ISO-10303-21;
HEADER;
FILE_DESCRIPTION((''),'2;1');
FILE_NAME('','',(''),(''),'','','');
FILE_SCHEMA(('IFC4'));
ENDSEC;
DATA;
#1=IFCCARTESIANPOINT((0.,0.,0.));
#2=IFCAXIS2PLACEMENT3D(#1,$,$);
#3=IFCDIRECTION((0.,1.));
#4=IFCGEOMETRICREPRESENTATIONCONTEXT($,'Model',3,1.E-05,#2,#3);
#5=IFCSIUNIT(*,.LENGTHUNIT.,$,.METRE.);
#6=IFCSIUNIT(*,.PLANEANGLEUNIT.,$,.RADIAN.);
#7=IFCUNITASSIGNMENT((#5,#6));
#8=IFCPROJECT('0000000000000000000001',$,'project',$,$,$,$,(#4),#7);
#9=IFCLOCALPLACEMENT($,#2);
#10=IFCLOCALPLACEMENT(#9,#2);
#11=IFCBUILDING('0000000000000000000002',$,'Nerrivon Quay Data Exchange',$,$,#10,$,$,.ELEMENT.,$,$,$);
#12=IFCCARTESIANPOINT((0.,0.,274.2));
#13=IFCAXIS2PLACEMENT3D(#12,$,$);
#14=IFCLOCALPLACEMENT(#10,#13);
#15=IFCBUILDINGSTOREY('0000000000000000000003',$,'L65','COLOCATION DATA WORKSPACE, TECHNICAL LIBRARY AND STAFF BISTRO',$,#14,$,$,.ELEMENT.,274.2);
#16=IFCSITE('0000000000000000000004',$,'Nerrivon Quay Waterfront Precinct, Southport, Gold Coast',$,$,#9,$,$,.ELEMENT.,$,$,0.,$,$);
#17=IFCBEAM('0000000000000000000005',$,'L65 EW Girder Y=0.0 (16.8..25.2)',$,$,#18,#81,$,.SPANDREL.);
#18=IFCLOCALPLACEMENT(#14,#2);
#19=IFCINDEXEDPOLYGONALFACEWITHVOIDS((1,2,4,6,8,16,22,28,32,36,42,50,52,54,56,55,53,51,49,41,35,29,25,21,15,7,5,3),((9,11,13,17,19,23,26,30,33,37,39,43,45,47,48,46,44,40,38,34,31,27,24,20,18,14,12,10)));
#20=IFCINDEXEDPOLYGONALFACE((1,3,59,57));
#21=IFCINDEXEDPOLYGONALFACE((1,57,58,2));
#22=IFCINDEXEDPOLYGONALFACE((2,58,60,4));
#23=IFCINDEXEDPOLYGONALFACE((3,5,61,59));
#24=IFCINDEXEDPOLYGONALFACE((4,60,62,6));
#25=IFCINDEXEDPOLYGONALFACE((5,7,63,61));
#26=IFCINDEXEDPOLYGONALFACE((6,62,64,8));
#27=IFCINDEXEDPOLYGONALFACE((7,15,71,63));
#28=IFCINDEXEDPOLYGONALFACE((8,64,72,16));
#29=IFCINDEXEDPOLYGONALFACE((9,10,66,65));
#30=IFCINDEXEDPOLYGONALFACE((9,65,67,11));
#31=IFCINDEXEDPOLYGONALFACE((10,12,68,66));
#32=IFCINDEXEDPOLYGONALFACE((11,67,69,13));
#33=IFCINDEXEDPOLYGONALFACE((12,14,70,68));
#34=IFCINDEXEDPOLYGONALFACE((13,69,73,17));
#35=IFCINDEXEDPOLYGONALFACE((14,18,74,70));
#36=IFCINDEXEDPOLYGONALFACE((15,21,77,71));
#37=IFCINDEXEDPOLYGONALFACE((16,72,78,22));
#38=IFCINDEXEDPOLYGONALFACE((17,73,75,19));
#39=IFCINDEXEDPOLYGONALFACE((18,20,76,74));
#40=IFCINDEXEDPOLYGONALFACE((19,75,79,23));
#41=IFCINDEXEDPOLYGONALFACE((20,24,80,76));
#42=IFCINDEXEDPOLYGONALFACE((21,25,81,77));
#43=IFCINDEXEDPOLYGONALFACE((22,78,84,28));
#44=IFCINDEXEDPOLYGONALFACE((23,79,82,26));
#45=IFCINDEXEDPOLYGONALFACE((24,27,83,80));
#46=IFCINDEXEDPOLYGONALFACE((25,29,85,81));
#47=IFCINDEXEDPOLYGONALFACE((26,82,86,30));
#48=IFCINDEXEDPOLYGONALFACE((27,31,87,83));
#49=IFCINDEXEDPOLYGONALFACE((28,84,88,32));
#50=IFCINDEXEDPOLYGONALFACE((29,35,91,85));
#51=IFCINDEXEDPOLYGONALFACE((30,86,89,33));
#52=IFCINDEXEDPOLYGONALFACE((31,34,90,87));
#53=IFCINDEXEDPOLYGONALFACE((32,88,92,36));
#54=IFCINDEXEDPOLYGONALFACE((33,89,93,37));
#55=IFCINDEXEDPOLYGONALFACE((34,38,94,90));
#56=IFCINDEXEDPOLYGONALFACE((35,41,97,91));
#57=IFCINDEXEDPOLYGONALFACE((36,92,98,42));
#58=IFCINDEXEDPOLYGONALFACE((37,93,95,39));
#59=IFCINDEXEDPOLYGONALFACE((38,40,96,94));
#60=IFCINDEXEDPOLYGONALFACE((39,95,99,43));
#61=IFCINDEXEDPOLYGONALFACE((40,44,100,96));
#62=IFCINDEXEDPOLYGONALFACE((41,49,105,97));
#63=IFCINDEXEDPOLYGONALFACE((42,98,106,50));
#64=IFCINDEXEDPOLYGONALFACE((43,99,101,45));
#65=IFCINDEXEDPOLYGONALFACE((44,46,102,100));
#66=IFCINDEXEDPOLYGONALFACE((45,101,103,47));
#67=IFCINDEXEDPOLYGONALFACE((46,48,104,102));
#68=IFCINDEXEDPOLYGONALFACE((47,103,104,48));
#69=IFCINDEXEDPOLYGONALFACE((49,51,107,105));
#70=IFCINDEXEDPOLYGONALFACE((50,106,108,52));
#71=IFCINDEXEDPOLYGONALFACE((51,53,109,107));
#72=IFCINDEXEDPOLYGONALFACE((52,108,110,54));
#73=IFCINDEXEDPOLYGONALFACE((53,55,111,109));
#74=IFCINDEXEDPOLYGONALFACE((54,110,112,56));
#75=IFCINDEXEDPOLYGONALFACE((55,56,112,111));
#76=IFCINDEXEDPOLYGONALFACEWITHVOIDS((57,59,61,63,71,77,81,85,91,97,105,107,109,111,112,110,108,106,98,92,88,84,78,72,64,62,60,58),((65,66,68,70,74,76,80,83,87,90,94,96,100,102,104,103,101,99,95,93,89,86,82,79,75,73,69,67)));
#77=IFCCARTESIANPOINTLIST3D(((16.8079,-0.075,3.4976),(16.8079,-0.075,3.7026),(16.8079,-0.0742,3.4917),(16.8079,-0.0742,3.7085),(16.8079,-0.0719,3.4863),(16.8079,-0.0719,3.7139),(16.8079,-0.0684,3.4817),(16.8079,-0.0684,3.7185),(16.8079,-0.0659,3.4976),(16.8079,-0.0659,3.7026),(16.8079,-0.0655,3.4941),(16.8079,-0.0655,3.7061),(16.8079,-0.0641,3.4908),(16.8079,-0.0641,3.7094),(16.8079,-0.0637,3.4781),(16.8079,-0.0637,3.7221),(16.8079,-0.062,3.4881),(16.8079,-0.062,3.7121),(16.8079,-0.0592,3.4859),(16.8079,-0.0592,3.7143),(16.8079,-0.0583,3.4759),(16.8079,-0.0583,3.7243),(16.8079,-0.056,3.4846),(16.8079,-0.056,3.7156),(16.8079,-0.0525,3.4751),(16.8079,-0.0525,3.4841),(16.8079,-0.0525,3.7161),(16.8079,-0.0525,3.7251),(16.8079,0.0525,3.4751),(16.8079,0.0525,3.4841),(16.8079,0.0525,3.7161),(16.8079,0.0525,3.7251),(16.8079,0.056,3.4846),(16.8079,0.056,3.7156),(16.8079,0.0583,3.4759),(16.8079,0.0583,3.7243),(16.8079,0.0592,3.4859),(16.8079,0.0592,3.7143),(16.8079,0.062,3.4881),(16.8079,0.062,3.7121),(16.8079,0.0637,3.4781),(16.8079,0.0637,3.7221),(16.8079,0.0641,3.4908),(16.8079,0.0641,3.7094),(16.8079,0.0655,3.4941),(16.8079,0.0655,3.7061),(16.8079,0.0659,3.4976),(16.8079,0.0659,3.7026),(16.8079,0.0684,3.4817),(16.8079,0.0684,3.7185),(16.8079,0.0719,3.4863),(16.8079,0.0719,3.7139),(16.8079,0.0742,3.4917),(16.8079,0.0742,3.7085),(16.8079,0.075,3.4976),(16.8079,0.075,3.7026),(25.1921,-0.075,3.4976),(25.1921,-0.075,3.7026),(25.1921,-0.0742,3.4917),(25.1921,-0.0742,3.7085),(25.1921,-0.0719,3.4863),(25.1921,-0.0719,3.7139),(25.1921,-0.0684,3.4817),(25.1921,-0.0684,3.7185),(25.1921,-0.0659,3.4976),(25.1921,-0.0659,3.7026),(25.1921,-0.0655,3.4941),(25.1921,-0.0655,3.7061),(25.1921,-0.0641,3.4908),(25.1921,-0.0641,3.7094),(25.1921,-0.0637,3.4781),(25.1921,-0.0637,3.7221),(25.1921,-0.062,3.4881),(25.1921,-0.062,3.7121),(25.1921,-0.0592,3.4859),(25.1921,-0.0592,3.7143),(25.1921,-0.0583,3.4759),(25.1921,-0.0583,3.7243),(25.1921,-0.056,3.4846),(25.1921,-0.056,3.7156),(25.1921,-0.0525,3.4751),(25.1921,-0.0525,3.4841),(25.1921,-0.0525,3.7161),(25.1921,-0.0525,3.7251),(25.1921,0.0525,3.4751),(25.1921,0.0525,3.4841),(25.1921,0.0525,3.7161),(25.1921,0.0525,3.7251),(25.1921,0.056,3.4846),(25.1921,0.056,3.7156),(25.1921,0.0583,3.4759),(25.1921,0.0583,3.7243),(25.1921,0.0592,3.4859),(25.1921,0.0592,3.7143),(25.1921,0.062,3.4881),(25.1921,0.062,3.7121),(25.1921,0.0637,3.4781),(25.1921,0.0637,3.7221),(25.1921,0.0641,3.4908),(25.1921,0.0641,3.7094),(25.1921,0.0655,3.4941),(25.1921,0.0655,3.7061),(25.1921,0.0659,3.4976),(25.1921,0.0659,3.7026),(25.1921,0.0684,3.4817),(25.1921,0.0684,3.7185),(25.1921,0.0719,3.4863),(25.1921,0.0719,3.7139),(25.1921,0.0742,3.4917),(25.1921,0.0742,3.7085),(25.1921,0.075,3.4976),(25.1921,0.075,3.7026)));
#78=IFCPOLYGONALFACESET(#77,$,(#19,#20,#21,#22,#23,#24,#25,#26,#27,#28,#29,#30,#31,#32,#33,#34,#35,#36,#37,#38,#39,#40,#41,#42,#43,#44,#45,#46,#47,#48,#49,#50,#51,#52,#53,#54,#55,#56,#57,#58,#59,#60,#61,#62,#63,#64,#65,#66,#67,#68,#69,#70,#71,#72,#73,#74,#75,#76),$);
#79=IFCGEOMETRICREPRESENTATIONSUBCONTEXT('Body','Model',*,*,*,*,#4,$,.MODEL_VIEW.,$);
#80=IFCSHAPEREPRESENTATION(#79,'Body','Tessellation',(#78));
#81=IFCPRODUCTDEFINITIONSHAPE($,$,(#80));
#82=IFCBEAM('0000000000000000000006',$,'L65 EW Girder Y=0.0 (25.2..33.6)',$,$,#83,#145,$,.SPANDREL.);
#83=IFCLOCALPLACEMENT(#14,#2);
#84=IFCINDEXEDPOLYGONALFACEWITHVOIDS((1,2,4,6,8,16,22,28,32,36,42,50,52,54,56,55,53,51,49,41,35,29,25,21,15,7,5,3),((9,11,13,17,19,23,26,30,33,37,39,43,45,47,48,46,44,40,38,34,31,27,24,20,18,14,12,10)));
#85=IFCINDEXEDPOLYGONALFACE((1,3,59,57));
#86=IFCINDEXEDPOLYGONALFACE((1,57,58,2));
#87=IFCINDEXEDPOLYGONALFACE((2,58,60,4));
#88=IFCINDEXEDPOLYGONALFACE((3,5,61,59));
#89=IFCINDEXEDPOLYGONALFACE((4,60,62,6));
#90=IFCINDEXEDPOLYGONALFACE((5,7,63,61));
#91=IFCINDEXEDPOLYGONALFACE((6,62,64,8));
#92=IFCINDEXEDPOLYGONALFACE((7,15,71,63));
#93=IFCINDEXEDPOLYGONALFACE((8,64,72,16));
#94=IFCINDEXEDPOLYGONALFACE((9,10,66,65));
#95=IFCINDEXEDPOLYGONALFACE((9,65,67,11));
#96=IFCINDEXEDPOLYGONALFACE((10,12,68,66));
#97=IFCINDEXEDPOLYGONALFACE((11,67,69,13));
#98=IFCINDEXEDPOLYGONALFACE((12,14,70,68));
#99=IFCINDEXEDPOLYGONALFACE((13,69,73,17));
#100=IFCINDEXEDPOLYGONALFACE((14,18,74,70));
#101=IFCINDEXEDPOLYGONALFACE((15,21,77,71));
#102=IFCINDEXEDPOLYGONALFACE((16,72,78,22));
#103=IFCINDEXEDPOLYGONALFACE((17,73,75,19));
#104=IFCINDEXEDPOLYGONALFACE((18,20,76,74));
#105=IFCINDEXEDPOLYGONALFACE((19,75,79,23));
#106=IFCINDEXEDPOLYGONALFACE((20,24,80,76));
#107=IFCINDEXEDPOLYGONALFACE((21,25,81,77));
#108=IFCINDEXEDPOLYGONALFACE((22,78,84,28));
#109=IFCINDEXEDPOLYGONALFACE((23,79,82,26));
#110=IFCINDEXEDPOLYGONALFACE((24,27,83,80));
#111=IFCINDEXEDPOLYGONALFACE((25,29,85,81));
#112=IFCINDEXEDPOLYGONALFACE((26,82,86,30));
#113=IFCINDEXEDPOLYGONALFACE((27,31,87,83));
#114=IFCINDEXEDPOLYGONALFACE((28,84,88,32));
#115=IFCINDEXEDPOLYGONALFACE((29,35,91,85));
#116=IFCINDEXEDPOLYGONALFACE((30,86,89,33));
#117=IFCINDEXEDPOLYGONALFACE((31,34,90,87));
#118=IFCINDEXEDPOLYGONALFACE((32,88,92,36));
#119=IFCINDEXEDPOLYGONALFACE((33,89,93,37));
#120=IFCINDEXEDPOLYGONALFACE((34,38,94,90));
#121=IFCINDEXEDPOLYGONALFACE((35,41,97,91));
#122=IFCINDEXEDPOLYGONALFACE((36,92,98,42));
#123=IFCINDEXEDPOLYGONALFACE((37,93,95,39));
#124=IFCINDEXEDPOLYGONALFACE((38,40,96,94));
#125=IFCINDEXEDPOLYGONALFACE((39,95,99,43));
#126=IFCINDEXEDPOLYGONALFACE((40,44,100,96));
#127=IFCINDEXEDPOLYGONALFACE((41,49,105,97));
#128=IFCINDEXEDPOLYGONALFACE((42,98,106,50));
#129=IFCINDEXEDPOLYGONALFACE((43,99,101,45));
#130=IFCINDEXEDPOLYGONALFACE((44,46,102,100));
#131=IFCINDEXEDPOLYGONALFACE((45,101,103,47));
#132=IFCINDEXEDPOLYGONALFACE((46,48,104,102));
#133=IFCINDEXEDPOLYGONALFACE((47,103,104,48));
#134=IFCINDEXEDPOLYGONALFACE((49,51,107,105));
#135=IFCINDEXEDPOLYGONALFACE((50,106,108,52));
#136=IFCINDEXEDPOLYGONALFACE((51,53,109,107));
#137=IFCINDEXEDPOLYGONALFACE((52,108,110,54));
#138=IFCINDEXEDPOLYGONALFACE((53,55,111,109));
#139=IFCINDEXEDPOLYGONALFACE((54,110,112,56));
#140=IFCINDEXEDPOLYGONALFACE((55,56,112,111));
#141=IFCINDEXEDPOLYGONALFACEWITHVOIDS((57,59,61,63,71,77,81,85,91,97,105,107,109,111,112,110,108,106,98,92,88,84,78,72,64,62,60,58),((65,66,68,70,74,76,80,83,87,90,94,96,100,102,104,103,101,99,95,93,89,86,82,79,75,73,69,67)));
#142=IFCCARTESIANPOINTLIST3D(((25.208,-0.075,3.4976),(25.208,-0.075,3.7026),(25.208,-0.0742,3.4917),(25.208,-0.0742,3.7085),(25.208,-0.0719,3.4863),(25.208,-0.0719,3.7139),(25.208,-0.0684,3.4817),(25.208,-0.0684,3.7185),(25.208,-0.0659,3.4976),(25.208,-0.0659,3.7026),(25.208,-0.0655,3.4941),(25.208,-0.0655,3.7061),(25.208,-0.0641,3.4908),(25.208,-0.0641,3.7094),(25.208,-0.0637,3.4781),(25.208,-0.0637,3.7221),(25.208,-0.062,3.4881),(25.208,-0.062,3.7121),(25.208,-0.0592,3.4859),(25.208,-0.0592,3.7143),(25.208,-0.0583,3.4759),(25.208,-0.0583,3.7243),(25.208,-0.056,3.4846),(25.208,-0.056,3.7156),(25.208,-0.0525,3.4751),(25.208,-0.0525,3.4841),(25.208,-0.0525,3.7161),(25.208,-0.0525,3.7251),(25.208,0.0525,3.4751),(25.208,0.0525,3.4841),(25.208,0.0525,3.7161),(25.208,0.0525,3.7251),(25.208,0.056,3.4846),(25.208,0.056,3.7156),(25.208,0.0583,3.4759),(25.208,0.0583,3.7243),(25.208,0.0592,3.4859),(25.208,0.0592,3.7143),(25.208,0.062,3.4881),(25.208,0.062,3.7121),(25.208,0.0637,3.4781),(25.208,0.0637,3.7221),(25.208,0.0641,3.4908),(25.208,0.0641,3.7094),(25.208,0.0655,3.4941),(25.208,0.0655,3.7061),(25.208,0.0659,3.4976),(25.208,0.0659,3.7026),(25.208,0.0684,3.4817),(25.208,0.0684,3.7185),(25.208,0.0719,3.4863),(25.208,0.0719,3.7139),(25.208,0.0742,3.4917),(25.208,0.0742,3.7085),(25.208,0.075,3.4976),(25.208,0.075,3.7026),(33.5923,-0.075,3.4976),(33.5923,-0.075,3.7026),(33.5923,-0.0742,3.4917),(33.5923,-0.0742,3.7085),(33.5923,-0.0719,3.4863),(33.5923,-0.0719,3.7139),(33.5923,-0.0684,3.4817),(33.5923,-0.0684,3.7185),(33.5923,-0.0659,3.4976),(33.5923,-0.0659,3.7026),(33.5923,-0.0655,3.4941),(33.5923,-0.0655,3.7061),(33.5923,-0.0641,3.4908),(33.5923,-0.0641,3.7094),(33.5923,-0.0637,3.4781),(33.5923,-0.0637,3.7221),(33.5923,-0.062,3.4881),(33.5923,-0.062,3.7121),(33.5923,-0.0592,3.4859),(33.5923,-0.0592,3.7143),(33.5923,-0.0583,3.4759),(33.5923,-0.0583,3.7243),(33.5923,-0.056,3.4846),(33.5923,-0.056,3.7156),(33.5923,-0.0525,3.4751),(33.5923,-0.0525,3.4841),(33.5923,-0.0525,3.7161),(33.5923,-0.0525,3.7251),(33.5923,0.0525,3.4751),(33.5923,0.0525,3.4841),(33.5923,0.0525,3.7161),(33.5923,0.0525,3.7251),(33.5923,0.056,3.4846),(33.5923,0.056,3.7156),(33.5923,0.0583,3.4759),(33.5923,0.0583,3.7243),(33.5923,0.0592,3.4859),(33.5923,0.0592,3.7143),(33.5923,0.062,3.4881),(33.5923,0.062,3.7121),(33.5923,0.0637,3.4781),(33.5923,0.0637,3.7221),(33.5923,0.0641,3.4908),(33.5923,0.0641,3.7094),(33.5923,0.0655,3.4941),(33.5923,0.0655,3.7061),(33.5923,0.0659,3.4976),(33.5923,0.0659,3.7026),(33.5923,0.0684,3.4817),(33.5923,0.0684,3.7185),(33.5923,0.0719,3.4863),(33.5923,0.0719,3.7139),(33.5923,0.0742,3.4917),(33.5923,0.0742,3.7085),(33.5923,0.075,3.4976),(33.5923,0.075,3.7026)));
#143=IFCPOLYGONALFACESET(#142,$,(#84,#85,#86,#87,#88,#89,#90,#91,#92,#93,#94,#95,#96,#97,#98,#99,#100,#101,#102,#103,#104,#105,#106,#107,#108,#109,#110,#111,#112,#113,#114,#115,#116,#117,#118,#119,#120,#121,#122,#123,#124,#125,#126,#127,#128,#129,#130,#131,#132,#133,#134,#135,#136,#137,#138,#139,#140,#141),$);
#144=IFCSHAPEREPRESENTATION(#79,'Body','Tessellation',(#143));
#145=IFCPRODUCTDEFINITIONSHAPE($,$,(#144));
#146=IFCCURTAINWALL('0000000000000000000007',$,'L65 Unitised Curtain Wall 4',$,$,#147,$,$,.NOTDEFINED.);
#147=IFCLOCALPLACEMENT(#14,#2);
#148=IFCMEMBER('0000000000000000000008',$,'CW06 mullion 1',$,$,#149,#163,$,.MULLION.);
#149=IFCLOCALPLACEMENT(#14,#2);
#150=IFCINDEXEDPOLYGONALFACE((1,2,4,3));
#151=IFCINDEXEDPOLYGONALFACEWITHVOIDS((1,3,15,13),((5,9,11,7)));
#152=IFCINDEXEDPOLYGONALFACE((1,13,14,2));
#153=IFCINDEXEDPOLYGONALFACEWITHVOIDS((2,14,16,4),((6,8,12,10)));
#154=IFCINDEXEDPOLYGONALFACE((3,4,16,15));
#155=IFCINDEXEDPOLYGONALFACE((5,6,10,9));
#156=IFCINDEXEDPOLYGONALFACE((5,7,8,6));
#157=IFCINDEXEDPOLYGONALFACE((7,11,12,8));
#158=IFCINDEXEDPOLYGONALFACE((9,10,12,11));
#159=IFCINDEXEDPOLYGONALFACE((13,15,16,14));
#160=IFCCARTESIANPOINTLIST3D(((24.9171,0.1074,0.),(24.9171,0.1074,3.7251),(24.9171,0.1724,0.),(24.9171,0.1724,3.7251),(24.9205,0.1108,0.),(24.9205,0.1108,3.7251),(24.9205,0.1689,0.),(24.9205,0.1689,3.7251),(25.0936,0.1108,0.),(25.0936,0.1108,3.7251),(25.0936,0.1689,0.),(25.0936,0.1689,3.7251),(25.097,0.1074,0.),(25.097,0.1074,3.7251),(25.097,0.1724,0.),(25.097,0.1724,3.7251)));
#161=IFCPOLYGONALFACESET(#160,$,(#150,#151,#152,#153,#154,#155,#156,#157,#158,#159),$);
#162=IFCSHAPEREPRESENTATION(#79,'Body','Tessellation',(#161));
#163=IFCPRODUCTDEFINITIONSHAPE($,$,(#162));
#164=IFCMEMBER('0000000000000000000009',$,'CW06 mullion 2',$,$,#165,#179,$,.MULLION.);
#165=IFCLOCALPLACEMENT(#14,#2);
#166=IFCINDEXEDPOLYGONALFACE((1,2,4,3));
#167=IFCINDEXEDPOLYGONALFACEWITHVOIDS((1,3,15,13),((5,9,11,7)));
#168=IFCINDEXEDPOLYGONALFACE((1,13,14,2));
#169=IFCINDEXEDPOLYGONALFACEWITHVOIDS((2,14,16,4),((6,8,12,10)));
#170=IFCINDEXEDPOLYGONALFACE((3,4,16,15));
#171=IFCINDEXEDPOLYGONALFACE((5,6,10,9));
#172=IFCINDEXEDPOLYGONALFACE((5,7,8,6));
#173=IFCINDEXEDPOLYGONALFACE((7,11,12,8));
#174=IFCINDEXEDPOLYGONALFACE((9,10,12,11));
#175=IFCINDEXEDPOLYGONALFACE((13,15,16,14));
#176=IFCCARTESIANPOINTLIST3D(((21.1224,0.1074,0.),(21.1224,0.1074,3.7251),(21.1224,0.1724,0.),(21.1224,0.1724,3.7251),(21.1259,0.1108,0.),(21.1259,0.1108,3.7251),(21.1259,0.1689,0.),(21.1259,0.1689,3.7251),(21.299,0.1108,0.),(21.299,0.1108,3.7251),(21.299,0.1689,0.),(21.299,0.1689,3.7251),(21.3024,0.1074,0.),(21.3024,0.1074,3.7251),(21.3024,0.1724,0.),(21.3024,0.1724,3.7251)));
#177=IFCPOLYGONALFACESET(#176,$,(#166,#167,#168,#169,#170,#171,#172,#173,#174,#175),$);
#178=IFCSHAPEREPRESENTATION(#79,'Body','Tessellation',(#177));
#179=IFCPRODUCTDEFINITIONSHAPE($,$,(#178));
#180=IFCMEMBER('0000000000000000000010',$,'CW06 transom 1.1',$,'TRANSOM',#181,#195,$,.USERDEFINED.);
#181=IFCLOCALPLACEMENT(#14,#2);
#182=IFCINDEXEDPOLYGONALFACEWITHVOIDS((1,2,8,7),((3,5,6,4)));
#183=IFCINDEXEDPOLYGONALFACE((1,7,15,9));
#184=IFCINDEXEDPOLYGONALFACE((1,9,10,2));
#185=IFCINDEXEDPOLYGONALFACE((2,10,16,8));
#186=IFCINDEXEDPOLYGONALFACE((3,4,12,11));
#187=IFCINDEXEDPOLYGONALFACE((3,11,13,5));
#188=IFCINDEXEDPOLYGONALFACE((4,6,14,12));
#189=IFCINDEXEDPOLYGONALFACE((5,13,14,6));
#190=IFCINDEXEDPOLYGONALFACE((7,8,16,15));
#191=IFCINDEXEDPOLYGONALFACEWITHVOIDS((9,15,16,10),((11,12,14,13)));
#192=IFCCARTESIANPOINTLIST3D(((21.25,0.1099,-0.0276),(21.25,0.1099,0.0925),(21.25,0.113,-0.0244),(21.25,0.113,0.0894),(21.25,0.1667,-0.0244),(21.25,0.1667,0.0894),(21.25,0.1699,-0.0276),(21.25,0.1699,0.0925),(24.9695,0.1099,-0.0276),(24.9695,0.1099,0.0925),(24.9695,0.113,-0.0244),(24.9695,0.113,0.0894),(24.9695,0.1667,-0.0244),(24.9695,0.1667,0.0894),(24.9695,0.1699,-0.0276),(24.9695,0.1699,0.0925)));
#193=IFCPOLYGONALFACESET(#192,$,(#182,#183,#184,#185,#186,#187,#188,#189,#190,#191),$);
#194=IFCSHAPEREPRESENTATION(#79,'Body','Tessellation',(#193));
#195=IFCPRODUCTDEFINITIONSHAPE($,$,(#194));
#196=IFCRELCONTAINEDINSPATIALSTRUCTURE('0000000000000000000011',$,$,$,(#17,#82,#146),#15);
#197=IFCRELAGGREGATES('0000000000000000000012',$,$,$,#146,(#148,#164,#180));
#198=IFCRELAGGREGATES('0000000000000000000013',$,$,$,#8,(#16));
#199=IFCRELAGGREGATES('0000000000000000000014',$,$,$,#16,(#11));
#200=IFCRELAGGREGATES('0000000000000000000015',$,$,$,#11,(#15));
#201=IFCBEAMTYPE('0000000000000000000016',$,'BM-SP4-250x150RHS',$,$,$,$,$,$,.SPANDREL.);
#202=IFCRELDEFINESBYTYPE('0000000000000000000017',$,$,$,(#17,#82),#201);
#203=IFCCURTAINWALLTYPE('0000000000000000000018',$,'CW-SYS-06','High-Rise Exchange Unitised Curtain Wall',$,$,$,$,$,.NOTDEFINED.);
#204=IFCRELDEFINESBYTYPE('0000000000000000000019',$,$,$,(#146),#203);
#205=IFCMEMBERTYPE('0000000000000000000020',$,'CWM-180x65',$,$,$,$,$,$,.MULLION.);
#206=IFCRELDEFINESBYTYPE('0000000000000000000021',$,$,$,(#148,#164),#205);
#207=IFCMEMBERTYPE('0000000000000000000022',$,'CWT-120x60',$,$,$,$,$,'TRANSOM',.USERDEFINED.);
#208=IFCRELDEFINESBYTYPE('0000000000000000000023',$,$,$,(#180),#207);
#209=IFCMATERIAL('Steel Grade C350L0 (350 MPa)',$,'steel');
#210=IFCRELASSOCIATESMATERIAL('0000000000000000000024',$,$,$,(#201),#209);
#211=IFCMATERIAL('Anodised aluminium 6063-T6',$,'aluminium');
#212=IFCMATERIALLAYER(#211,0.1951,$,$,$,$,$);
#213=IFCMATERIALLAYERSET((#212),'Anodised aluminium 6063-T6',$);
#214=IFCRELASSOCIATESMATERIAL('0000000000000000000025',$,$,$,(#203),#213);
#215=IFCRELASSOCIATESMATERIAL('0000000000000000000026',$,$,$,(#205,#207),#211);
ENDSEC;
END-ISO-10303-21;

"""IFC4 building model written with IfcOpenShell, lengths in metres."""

from ifc_helpers import new_model, si_unit, direction, frame, origin, origin_2d, place, context, subcontext, project, spatial, hollow_rectangle, extrude, material, layer, layer_set, material_profile, profile_set, type_object, element, aggregate, save


model = new_model("IFC4")

# Units and contexts
model_context = context("Model", 3, precision=1e-05, world=origin(), true_north=direction((0.0, 1.0)))
body_context = subcontext(model_context, "Body", "Model", "MODEL_VIEW")
ifc_project = project(units=[si_unit("LENGTHUNIT", "METRE"), si_unit("PLANEANGLEUNIT", "RADIAN")], contexts=[model_context])

# Site, building, storey
site_placement = place(None, origin())
site = spatial("IfcSite", under=ifc_project, at=site_placement, Name="Nerrivon Quay Waterfront Precinct, Southport, Gold Coast", CompositionType="ELEMENT", RefElevation=0.0)
building_placement = place(site_placement, origin())
building = spatial("IfcBuilding", under=site, at=building_placement, Name="Nerrivon Quay Data Exchange", CompositionType="ELEMENT")
storey_placement = place(building_placement, frame((0.0, 0.0, 274.2)))
storey = spatial("IfcBuildingStorey", under=building, at=storey_placement, Name="L65", Description="COLOCATION DATA WORKSPACE, TECHNICAL LIBRARY AND STAFF BISTRO", CompositionType="ELEMENT", Elevation=274.2)

# Beams
ifc_material_1 = material(Name="Steel Grade C350L0 (350 MPa)", Category="steel")
ifc_material_profile_1 = material_profile(ifc_material_1, hollow_rectangle(XDim=0.1499, YDim=0.25, WallThickness=0.009, InnerFilletRadius=0.0134, OuterFilletRadius=0.0225, at=origin_2d()), Name="250x150x9.0RHS")
ifc_profile_set_1 = profile_set([ifc_material_profile_1], Name="Steel Grade C350L0 (350 MPa)")
beam_type_1 = type_object("IfcBeamType", Name="BM-SP4-250x150RHS", PredefinedType="SPANDREL", material=ifc_profile_set_1)
for number, where, z_axis, x_axis, name in (
    (1, (16.8079, 0.0, 3.6001), (1.0, 0.0, 0.0), (0.0, 1.0, 0.0), "L65 EW Girder Y=0.0 (16.8..25.2)"),
    (2, (25.208, 0.0, 3.6001), (1.0, 0.0, 0.0), (0.0, 1.0, 0.0), "L65 EW Girder Y=0.0 (25.2..33.6)"),
):
    element("IfcBeam", number, at=place(storey_placement, frame(where, z_axis=z_axis, x_axis=x_axis)), inside=storey, type_object=beam_type_1, Name=name, PredefinedType="SPANDREL", context=body_context, shape_type="SweptSolid", body=[
        extrude(hollow_rectangle(XDim=0.1499, YDim=0.25, WallThickness=0.009, InnerFilletRadius=0.0134, OuterFilletRadius=0.0225, at=origin_2d()), origin(), (0.0, 0.0, 1.0), 8.3843),
    ])

# Curtain wall, members
ifc_material_2 = material(Name="Anodised aluminium 6063-T6", Category="aluminium")
ifc_layer_1 = layer(ifc_material_2, 0.1951)
ifc_layer_set_1 = layer_set([ifc_layer_1], Name="Anodised aluminium 6063-T6")
curtain_wall_type = type_object("IfcCurtainWallType", Name="CW-SYS-06", Description="High-Rise Exchange Unitised Curtain Wall", PredefinedType="NOTDEFINED", material=ifc_layer_set_1)
curtain_wall_placement = place(storey_placement, origin())
curtain_wall = element("IfcCurtainWall", 3, at=curtain_wall_placement, inside=storey, type_object=curtain_wall_type, Name="L65 Unitised Curtain Wall 4", PredefinedType="NOTDEFINED")
ifc_material_profile_2 = material_profile(ifc_material_2, hollow_rectangle(XDim=0.0649, YDim=0.1799, WallThickness=0.0034, at=origin_2d()), Name="ALU-MULL-180x65")
ifc_profile_set_2 = profile_set([ifc_material_profile_2], Name="Anodised aluminium 6063-T6")
member_type_1 = type_object("IfcMemberType", Name="CWM-180x65", PredefinedType="MULLION", material=ifc_profile_set_2)
member_1_placement = place(storey_placement, frame((25.0071, 0.1399, 0.0), z_axis=(0.0, 0.0, 1.0), x_axis=(0.0, -1.0, 0.0)))
member_1 = element("IfcMember", 4, at=member_1_placement, type_object=member_type_1, Name="CW06 mullion 1", PredefinedType="MULLION", context=body_context, shape_type="SweptSolid", body=[
    extrude(hollow_rectangle(XDim=0.0649, YDim=0.1799, WallThickness=0.0034, at=origin_2d()), origin(), (0.0, 0.0, 1.0), 3.7251),
])
member_2_placement = place(storey_placement, frame((21.2124, 0.1399, 0.0), z_axis=(0.0, 0.0, 1.0), x_axis=(0.0, -1.0, 0.0)))
member_2 = element("IfcMember", 5, at=member_2_placement, type_object=member_type_1, Name="CW06 mullion 2", PredefinedType="MULLION", context=body_context, shape_type="SweptSolid", body=[
    extrude(hollow_rectangle(XDim=0.0649, YDim=0.1799, WallThickness=0.0034, at=origin_2d()), origin(), (0.0, 0.0, 1.0), 3.7251),
])
ifc_material_profile_3 = material_profile(ifc_material_2, hollow_rectangle(XDim=0.0601, YDim=0.1201, WallThickness=0.0032, at=origin_2d()), Name="ALU-TRAN-120x60")
ifc_profile_set_3 = profile_set([ifc_material_profile_3], Name="Anodised aluminium 6063-T6")
member_type_2 = type_object("IfcMemberType", Name="CWT-120x60", ElementType="TRANSOM", PredefinedType="USERDEFINED", material=ifc_profile_set_3)
member_3_placement = place(storey_placement, frame((24.9695, 0.1399, 0.0325), z_axis=(-1.0, 0.0, 0.0), x_axis=(0.0, -1.0, 0.0)))
member_3 = element("IfcMember", 6, at=member_3_placement, type_object=member_type_2, Name="CW06 transom 1.1", ObjectType="TRANSOM", PredefinedType="USERDEFINED", context=body_context, shape_type="SweptSolid", body=[
    extrude(hollow_rectangle(XDim=0.0601, YDim=0.1201, WallThickness=0.0032, at=origin_2d()), origin(), (0.0, 0.0, 1.0), 3.7195),
])
aggregate(curtain_wall, [member_1, member_2, member_3])

save(model, "model.ifc")
